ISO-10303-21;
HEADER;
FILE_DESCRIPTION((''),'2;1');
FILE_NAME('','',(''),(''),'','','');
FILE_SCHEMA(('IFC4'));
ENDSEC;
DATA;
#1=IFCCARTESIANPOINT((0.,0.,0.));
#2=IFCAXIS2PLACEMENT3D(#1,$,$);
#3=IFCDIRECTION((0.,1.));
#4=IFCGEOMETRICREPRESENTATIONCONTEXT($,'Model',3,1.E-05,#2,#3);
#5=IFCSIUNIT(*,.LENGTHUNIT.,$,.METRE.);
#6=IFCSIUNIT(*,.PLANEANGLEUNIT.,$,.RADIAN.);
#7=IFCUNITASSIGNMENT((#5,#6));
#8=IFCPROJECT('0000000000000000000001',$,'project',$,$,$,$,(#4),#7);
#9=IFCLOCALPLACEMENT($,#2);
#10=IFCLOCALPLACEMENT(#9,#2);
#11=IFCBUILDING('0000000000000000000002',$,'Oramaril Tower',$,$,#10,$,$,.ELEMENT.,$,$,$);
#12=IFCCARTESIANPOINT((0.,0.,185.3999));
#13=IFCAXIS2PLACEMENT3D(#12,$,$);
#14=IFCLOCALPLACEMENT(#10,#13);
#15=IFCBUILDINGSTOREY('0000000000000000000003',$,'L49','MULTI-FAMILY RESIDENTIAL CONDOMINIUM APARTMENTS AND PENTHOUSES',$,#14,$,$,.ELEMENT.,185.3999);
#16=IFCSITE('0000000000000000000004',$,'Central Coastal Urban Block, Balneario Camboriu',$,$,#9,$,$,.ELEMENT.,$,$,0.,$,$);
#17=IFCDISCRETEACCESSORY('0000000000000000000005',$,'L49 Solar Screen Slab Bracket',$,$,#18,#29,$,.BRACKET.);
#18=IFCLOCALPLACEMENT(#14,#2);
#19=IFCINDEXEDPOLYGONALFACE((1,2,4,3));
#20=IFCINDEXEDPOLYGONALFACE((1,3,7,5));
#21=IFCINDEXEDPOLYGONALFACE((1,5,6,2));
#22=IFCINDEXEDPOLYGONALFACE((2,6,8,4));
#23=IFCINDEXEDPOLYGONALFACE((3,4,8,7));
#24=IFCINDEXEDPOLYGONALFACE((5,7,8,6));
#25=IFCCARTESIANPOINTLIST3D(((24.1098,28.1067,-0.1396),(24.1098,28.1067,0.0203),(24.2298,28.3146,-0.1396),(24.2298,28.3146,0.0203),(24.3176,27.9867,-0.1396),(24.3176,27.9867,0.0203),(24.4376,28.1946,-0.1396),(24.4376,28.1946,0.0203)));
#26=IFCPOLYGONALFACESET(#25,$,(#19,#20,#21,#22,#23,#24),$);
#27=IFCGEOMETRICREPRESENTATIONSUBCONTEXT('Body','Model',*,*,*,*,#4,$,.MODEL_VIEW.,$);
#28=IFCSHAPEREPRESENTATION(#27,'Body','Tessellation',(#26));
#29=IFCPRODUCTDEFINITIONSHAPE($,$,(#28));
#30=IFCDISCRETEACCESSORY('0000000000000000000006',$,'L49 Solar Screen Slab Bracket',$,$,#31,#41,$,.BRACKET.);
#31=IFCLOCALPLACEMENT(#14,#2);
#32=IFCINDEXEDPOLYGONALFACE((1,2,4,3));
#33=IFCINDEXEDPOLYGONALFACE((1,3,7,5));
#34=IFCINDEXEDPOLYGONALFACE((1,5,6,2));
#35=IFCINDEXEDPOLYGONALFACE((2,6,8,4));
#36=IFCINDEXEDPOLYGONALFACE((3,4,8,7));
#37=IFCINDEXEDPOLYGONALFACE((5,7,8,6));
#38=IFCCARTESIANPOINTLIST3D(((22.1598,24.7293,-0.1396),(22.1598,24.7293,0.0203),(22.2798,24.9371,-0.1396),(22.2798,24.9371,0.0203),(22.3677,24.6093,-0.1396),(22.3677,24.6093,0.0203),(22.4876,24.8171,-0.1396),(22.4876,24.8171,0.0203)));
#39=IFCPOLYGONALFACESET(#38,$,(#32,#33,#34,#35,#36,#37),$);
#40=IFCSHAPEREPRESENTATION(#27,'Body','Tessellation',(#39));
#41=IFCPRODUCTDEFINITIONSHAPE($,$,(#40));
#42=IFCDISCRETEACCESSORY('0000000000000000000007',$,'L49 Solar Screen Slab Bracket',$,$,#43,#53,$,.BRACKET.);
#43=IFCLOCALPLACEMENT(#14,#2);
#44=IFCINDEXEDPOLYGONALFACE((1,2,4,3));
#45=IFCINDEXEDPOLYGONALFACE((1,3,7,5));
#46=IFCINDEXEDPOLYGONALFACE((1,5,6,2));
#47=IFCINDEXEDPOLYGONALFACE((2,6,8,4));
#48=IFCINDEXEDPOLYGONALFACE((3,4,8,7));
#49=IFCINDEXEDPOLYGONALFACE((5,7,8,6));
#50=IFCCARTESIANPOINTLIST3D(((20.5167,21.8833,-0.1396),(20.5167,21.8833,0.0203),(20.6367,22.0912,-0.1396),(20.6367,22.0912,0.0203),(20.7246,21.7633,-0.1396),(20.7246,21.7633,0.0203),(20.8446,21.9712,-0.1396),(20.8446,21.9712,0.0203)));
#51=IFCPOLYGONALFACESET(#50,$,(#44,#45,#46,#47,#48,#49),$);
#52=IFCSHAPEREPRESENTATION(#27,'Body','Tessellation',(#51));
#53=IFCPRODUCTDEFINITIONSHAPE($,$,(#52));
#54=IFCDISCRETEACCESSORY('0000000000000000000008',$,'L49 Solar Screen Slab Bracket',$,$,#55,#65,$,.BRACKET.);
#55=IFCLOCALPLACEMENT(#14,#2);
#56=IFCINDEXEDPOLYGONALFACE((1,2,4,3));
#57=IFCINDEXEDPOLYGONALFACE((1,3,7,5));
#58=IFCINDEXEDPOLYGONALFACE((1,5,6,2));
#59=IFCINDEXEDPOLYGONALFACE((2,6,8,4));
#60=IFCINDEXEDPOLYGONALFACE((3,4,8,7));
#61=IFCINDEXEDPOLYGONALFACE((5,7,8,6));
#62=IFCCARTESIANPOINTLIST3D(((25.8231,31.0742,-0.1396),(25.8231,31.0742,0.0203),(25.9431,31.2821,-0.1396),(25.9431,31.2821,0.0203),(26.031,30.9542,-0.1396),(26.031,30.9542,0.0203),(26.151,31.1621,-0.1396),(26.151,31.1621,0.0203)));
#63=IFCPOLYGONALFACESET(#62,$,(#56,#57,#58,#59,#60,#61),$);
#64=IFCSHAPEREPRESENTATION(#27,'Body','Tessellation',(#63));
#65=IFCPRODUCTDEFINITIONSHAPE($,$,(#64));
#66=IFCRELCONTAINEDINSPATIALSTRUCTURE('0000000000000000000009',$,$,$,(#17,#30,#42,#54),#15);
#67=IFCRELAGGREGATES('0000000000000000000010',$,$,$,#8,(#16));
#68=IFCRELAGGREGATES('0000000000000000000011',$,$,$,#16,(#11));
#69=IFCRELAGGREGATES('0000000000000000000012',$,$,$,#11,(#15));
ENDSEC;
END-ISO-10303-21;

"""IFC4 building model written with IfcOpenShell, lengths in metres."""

from ifc_helpers import new_model, si_unit, direction, frame, origin, origin_2d, place, context, subcontext, project, spatial, rectangle, extrude, element, save


model = new_model("IFC4")

# Units and contexts
model_context = context("Model", 3, precision=1e-05, world=origin(), true_north=direction((0.0, 1.0)))
body_context = subcontext(model_context, "Body", "Model", "MODEL_VIEW")
ifc_project = project(units=[si_unit("LENGTHUNIT", "METRE"), si_unit("PLANEANGLEUNIT", "RADIAN")], contexts=[model_context])

# Site, building, storey
site_placement = place(None, origin())
site = spatial("IfcSite", under=ifc_project, at=site_placement, Name="Central Coastal Urban Block, Balneario Camboriu", CompositionType="ELEMENT", RefElevation=0.0)
building_placement = place(site_placement, origin())
building = spatial("IfcBuilding", under=site, at=building_placement, Name="Oramaril Tower", CompositionType="ELEMENT")
storey_placement = place(building_placement, frame((0.0, 0.0, 185.3999)))
storey = spatial("IfcBuildingStorey", under=building, at=storey_placement, Name="L49", Description="MULTI-FAMILY RESIDENTIAL CONDOMINIUM APARTMENTS AND PENTHOUSES", CompositionType="ELEMENT", Elevation=185.3999)

# Discrete accessories
for number, where, z_axis, x_axis, name in (
    (1, (24.2737, 28.1506, -0.1396), (0.0, 0.0, 1.0), (-0.5, -0.866025, 0.0), "L49 Solar Screen Slab Bracket"),
    (2, (22.3237, 24.7732, -0.1396), (0.0, 0.0, 1.0), (-0.5, -0.866025, 0.0), "L49 Solar Screen Slab Bracket"),
    (3, (20.6807, 21.9272, -0.1396), (0.0, 0.0, 1.0), (-0.5, -0.866025, 0.0), "L49 Solar Screen Slab Bracket"),
    (4, (25.9871, 31.1182, -0.1396), (0.0, 0.0, 1.0), (-0.5, -0.866025, 0.0), "L49 Solar Screen Slab Bracket"),
):
    element("IfcDiscreteAccessory", number, at=place(storey_placement, frame(where, z_axis=z_axis, x_axis=x_axis)), inside=storey, Name=name, PredefinedType="BRACKET", context=body_context, shape_type="SweptSolid", body=[
        extrude(rectangle(XDim=0.24, YDim=0.24, at=origin_2d()), origin(), (0.0, 0.0, 1.0), 0.1599),
    ])

save(model, "model.ifc")
